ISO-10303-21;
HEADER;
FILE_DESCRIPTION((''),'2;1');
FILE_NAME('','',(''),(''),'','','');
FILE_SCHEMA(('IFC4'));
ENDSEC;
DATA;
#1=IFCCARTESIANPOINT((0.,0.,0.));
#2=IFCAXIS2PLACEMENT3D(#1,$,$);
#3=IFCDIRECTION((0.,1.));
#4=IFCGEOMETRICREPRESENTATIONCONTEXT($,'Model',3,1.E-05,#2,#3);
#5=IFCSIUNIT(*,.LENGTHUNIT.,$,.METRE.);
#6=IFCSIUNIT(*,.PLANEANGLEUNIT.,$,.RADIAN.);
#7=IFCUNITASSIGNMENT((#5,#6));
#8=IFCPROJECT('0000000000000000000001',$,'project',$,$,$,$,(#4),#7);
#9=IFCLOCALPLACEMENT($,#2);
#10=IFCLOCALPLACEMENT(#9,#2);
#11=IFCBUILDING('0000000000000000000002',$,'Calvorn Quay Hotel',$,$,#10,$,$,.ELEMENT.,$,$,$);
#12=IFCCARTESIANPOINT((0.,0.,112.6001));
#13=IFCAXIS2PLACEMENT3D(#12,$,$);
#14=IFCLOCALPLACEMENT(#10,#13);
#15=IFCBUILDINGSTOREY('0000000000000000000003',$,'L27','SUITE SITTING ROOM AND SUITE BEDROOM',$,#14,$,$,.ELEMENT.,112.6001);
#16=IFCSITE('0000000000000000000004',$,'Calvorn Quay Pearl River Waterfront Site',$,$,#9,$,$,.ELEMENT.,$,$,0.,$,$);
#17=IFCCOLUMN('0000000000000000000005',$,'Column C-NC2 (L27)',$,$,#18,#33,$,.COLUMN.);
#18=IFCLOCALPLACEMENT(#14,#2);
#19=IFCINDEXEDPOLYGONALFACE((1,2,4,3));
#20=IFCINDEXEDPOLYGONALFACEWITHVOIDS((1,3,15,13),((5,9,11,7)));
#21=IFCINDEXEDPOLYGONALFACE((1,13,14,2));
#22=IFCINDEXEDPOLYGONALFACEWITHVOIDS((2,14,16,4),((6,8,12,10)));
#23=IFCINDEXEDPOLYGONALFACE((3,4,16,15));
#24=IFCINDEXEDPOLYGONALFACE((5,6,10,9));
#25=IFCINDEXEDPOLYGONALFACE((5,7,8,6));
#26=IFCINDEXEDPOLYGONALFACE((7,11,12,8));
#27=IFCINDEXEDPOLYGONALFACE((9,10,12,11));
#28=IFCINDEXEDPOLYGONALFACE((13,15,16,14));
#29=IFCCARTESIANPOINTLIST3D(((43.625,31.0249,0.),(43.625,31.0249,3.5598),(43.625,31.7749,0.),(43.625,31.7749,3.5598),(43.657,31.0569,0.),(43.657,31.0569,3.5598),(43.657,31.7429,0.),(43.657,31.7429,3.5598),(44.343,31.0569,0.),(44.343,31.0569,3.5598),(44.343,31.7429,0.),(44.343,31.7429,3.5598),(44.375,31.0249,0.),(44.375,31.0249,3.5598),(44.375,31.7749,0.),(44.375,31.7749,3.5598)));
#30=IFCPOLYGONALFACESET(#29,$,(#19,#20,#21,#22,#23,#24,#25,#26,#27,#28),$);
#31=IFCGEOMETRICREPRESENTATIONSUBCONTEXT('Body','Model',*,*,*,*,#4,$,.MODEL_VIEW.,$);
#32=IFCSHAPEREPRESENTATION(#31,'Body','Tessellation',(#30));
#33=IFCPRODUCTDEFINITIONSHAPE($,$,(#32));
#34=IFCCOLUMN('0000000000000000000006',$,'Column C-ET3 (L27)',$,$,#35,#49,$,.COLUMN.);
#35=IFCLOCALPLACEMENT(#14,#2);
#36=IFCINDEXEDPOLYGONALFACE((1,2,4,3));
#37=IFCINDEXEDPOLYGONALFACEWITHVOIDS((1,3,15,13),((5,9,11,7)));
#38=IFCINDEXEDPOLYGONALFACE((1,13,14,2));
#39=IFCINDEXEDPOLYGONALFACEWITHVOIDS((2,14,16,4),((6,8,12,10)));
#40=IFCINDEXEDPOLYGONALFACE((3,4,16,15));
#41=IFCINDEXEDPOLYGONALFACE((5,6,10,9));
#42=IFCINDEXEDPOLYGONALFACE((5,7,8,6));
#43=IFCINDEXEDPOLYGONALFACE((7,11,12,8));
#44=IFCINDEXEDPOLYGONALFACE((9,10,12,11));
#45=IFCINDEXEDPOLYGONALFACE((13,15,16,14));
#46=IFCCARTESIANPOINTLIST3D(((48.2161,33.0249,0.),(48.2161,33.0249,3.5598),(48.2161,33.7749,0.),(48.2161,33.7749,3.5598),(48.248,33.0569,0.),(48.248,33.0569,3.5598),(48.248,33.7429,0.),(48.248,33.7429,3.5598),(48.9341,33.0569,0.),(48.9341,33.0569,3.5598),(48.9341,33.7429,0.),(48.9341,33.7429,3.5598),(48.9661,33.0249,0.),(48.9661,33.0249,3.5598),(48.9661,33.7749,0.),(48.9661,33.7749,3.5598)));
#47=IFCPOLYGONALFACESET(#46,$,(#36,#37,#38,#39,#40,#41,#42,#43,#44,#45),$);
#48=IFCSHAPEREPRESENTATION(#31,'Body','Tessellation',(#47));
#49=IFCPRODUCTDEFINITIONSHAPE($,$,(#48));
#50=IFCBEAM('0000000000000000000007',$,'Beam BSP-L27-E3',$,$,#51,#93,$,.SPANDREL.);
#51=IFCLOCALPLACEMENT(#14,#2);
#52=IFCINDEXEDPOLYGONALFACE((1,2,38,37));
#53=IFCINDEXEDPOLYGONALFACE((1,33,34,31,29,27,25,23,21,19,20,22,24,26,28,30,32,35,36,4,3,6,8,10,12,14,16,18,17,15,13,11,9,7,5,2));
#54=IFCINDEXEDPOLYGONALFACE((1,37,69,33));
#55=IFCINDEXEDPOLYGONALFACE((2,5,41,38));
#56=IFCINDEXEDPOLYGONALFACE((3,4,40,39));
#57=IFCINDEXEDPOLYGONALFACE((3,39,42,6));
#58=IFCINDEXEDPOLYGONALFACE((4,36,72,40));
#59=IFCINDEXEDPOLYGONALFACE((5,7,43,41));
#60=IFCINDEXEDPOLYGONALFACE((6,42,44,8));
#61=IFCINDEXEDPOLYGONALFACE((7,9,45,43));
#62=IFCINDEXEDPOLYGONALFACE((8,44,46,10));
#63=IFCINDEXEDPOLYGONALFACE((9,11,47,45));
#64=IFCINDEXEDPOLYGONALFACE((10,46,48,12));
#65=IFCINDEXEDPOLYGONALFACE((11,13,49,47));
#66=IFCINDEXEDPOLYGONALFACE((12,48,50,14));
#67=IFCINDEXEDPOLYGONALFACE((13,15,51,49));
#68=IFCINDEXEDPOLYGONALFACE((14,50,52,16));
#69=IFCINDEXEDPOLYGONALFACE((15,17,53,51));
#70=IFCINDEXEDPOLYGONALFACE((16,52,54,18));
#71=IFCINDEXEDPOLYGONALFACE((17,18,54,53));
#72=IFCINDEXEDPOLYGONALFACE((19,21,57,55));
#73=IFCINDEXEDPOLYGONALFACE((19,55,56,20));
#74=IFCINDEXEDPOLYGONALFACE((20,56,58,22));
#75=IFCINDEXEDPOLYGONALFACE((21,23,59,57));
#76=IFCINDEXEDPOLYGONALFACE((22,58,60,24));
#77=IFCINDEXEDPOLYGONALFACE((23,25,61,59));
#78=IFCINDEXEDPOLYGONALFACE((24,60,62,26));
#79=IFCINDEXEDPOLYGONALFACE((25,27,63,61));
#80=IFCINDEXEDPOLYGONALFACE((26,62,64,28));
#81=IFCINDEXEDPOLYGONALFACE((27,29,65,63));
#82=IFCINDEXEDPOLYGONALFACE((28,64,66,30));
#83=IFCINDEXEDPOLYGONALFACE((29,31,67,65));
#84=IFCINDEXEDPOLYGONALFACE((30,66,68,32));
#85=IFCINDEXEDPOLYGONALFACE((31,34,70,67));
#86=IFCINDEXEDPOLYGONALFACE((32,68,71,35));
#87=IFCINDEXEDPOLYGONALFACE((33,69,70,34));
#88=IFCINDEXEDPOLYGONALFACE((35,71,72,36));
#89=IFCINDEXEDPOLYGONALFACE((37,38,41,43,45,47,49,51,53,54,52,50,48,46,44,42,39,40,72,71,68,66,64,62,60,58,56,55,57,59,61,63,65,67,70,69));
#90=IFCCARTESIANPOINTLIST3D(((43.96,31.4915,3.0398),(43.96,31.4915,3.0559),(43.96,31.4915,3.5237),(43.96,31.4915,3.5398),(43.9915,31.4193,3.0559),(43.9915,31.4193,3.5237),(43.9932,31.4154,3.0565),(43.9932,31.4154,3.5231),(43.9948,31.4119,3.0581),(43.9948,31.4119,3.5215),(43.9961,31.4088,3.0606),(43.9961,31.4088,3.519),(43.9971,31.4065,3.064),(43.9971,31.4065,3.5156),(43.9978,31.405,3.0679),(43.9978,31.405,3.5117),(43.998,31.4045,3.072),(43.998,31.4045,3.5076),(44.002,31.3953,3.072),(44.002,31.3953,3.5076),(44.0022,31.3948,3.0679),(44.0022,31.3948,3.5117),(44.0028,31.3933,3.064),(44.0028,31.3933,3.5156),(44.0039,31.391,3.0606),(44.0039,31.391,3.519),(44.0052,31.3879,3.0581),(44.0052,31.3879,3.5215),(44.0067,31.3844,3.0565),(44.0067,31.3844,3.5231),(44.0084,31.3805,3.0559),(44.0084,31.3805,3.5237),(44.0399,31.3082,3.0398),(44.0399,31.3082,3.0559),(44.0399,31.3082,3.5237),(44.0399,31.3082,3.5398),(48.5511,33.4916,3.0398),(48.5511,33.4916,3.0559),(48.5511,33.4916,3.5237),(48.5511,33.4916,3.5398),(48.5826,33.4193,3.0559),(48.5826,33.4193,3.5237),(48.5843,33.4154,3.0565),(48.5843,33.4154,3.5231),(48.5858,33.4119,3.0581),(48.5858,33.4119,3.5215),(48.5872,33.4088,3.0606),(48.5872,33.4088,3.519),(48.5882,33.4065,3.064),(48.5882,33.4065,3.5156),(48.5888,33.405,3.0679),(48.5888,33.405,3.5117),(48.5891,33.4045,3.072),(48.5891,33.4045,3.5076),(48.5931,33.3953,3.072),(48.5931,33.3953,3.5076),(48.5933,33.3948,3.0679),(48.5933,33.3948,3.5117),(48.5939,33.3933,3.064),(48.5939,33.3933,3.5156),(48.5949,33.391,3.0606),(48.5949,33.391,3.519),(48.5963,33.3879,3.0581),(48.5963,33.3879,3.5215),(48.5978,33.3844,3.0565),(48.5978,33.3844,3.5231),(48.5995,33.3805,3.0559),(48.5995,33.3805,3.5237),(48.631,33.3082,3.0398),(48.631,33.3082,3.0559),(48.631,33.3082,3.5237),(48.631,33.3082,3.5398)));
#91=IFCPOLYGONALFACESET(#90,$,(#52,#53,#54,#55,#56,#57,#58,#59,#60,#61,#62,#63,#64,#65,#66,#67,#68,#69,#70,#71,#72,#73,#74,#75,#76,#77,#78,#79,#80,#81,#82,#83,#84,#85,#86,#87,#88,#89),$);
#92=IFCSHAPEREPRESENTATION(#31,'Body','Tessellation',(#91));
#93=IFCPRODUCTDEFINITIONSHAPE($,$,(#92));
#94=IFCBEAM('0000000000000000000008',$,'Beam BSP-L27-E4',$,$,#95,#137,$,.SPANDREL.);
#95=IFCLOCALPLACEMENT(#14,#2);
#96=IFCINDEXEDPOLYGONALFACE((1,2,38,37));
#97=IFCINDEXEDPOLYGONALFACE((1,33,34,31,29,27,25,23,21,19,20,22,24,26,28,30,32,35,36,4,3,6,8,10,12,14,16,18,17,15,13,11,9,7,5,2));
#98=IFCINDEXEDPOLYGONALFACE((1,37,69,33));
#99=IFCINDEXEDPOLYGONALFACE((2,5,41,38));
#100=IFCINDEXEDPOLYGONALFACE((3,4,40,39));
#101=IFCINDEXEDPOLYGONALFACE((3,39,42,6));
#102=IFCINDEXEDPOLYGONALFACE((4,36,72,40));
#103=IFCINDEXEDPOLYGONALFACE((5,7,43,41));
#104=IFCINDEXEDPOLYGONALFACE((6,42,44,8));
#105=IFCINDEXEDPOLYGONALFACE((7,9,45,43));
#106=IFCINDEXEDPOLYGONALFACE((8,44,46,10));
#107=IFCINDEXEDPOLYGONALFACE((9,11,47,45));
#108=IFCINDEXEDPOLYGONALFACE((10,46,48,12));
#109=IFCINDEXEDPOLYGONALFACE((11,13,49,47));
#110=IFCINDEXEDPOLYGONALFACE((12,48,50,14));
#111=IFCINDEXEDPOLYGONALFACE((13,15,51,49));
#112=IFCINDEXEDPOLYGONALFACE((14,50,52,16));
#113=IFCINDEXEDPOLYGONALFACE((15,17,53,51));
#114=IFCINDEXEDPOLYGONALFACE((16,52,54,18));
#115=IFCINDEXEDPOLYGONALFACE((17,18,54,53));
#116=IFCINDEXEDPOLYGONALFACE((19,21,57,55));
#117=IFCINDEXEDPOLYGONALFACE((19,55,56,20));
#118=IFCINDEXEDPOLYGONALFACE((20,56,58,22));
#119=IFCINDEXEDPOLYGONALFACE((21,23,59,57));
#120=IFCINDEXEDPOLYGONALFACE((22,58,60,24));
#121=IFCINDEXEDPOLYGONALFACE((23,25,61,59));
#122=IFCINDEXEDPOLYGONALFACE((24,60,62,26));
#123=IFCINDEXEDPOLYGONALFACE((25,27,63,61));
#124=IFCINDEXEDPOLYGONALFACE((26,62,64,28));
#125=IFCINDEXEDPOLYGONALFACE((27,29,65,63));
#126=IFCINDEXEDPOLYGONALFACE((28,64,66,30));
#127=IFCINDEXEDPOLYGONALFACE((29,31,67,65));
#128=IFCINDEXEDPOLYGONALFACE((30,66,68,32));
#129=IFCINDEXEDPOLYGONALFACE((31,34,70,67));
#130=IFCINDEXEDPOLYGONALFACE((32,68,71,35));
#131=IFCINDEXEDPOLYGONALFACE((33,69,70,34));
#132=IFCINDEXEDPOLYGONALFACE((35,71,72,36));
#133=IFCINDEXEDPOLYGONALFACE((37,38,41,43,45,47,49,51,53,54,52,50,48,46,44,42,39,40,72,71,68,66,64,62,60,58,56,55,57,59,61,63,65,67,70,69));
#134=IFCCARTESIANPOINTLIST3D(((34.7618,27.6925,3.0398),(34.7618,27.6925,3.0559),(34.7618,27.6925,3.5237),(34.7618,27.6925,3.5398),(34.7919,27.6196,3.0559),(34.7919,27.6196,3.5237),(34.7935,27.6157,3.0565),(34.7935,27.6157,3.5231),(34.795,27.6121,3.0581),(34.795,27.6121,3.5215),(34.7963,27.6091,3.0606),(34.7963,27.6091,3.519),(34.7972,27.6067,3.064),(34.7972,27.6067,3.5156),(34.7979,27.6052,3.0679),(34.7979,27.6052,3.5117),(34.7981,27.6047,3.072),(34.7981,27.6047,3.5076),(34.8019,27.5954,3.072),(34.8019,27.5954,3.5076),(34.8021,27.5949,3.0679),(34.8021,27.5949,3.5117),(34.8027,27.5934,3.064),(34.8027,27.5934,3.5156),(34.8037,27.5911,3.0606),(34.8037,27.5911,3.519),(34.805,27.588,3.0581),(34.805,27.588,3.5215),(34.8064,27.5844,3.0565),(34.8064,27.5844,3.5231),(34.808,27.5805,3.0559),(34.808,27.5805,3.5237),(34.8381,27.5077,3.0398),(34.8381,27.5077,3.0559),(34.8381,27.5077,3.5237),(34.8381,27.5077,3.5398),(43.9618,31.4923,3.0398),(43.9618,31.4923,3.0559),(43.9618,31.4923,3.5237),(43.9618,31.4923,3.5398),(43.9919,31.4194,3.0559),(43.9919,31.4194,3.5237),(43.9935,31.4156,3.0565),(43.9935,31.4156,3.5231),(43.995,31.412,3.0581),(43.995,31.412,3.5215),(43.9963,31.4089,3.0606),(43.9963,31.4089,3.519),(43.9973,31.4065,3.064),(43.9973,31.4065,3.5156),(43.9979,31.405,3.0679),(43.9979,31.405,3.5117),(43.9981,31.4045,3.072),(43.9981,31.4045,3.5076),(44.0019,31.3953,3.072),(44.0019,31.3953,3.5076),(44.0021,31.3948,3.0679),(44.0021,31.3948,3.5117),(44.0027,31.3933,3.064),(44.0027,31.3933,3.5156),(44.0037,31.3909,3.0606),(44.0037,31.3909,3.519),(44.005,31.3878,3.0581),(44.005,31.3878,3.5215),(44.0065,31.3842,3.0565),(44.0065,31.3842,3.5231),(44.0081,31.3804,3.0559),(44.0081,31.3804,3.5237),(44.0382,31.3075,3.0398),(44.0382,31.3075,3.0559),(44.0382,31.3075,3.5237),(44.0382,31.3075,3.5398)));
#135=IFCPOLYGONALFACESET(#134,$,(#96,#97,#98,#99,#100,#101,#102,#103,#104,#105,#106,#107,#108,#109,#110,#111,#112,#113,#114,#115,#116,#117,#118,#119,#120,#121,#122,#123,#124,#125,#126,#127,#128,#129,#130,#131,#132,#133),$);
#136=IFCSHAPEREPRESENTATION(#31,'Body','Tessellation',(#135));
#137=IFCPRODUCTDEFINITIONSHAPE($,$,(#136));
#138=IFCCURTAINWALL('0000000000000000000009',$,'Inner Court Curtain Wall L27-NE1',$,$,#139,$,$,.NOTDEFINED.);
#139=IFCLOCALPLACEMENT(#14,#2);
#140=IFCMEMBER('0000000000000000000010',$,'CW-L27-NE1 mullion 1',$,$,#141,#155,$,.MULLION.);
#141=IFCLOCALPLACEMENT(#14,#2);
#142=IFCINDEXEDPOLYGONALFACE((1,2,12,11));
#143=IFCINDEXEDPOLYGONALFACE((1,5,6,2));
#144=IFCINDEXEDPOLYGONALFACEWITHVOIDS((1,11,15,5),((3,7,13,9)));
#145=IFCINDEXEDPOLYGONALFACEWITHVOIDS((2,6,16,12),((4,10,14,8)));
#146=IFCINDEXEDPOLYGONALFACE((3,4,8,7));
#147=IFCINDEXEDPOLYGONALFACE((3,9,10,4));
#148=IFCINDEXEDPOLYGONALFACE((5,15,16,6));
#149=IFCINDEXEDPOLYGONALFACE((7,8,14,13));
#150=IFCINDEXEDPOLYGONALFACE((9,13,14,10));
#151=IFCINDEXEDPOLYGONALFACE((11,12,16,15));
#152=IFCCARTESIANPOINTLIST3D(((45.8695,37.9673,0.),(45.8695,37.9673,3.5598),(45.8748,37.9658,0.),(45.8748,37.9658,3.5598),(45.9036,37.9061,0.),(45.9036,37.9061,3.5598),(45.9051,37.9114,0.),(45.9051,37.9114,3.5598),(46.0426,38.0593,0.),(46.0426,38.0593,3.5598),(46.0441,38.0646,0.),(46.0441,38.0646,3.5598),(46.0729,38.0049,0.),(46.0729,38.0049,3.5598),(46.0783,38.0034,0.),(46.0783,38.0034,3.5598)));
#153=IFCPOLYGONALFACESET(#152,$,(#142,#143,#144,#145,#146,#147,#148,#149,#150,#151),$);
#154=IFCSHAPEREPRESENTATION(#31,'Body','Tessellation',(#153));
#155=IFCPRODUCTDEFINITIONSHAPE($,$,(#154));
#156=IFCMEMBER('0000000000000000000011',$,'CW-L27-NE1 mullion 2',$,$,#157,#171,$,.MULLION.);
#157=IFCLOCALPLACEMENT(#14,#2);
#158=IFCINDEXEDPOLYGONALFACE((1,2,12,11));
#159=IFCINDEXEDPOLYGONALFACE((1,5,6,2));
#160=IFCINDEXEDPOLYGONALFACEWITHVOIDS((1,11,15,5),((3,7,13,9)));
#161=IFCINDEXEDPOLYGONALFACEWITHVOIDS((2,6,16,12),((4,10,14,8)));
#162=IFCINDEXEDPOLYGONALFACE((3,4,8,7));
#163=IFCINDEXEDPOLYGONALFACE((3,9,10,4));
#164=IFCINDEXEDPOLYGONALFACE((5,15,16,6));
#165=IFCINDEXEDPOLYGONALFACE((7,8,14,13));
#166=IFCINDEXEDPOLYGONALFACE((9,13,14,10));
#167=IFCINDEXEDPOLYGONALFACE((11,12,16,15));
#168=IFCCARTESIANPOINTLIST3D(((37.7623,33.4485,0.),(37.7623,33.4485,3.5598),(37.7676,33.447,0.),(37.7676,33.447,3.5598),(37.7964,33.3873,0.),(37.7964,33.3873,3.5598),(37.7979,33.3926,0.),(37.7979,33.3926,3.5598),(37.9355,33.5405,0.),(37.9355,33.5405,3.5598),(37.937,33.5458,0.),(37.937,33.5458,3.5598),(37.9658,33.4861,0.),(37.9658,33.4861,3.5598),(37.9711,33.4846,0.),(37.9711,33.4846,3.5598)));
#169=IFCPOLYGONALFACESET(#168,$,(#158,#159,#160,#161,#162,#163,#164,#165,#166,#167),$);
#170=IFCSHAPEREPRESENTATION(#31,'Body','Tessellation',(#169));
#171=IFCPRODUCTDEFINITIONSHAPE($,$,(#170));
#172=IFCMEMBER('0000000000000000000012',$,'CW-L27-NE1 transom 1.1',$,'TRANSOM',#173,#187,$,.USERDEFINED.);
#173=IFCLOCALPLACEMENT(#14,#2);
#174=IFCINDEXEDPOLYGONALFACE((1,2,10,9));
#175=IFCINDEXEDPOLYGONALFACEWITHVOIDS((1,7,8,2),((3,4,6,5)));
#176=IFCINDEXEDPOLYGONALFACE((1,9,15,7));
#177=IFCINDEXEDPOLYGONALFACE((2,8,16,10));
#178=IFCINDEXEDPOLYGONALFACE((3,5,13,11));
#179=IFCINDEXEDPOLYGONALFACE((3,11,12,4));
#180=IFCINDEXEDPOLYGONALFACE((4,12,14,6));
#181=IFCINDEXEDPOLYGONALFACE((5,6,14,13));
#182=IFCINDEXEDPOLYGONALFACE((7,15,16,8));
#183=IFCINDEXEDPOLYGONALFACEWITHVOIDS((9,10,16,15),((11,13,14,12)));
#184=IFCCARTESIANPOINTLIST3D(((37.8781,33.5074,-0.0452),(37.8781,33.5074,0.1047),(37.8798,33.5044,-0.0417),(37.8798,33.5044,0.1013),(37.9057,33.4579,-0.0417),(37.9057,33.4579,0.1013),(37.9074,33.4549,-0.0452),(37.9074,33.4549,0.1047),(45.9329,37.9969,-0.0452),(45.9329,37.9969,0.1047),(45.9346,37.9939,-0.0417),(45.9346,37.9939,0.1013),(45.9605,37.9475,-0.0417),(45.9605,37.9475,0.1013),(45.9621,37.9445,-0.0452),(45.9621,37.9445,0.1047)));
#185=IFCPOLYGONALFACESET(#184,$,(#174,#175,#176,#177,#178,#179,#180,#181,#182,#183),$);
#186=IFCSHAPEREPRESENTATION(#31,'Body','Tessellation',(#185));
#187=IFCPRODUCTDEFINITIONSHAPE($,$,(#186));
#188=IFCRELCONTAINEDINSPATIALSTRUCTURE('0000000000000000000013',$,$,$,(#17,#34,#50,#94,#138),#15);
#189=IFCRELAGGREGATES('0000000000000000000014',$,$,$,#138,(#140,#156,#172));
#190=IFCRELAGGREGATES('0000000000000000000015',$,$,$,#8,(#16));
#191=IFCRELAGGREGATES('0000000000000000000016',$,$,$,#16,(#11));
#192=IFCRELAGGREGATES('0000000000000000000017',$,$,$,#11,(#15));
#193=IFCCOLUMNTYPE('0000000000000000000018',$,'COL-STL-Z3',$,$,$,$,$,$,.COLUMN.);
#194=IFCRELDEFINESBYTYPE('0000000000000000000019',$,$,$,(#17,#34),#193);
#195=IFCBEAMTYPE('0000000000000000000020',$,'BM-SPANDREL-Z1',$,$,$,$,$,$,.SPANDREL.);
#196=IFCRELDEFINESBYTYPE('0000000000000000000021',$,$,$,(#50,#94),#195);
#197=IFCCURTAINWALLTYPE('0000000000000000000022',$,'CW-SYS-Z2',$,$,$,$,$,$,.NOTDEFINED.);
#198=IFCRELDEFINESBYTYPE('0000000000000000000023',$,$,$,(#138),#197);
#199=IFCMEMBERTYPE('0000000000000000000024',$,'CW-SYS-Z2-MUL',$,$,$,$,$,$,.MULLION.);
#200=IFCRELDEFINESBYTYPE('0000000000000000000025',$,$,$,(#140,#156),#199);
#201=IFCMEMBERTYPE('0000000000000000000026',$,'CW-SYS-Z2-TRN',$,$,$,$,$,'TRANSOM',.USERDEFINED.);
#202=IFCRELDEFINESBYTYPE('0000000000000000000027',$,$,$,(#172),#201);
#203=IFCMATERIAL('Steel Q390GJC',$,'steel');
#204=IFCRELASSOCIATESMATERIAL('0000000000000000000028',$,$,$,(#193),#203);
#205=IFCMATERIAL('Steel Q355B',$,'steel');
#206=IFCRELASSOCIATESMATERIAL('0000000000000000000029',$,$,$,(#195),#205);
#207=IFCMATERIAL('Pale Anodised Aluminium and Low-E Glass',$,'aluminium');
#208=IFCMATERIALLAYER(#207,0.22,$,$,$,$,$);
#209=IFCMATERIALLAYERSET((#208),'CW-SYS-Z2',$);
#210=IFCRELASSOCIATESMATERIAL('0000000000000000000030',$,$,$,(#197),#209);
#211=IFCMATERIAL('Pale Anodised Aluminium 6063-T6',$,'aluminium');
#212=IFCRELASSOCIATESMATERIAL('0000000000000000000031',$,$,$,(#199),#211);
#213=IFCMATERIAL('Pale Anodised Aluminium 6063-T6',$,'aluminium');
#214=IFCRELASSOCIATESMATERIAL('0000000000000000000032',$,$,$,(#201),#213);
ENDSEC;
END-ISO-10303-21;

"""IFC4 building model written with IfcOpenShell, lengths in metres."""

from ifc_helpers import new_model, si_unit, direction, frame, origin, origin_2d, place, context, subcontext, project, spatial, hollow_rectangle, i_section, extrude, material, layer, layer_set, material_profile, profile_set, type_object, element, aggregate, save


model = new_model("IFC4")

# Units and contexts
model_context = context("Model", 3, precision=1e-05, world=origin(), true_north=direction((0.0, 1.0)))
body_context = subcontext(model_context, "Body", "Model", "MODEL_VIEW")
ifc_project = project(units=[si_unit("LENGTHUNIT", "METRE"), si_unit("PLANEANGLEUNIT", "RADIAN")], contexts=[model_context])

# Site, building, storey
site_placement = place(None, origin())
site = spatial("IfcSite", under=ifc_project, at=site_placement, Name="Calvorn Quay Pearl River Waterfront Site", CompositionType="ELEMENT", RefElevation=0.0)
building_placement = place(site_placement, origin())
building = spatial("IfcBuilding", under=site, at=building_placement, Name="Calvorn Quay Hotel", CompositionType="ELEMENT")
storey_placement = place(building_placement, frame((0.0, 0.0, 112.6001)))
storey = spatial("IfcBuildingStorey", under=building, at=storey_placement, Name="L27", Description="SUITE SITTING ROOM AND SUITE BEDROOM", CompositionType="ELEMENT", Elevation=112.6001)

# Columns
ifc_material_1 = material(Name="Steel Q390GJC", Category="steel")
ifc_material_profile_1 = material_profile(ifc_material_1, hollow_rectangle(XDim=0.75, YDim=0.75, WallThickness=0.032, at=origin_2d()), Name="BOX750x750x32")
ifc_profile_set_1 = profile_set([ifc_material_profile_1], Name="Steel Q390GJC")
column_type = type_object("IfcColumnType", Name="COL-STL-Z3", PredefinedType="COLUMN", material=ifc_profile_set_1)
for number, where, z_axis, x_axis, name in (
    (1, (44.0, 31.3999, 0.0), (0.0, 0.0, 1.0), (1.0, 0.0, 0.0), "Column C-NC2 (L27)"),
    (2, (48.5911, 33.3999, 0.0), (0.0, 0.0, 1.0), (1.0, 0.0, 0.0), "Column C-ET3 (L27)"),
):
    element("IfcColumn", number, at=place(storey_placement, frame(where, z_axis=z_axis, x_axis=x_axis)), inside=storey, type_object=column_type, Name=name, PredefinedType="COLUMN", context=body_context, shape_type="SweptSolid", body=[
        extrude(hollow_rectangle(XDim=0.75, YDim=0.75, WallThickness=0.032, at=origin_2d()), origin(), (0.0, 0.0, 1.0), 3.5598),
    ])

# Beams
ifc_material_2 = material(Name="Steel Q355B", Category="steel")
ifc_material_profile_2 = material_profile(ifc_material_2, i_section(OverallWidth=0.2, OverallDepth=0.5, WebThickness=0.01, FlangeThickness=0.0161, FilletRadius=0.0161, at=origin_2d()), Name="HN500x200x10x16")
ifc_profile_set_2 = profile_set([ifc_material_profile_2], Name="Steel Q355B")
beam_type = type_object("IfcBeamType", Name="BM-SPANDREL-Z1", PredefinedType="SPANDREL", material=ifc_profile_set_2)
beam_1_placement = place(storey_placement, frame((48.5911, 33.3999, 3.2898), z_axis=(-0.916786, -0.399378, 0.0), x_axis=(0.399378, -0.916786, 0.0)))
element("IfcBeam", 3, at=beam_1_placement, inside=storey, type_object=beam_type, Name="Beam BSP-L27-E3", PredefinedType="SPANDREL", context=body_context, shape_type="SweptSolid", body=[
    extrude(i_section(OverallWidth=0.2, OverallDepth=0.5, WebThickness=0.01, FlangeThickness=0.0161, FilletRadius=0.0161, at=origin_2d()), origin(), (0.0, 0.0, 1.0), 5.0078),
])
beam_2_placement = place(storey_placement, frame((44.0, 31.3999, 3.2898), z_axis=(-0.924268, -0.381745, 0.0), x_axis=(0.381745, -0.924268, 0.0)))
element("IfcBeam", 4, at=beam_2_placement, inside=storey, type_object=beam_type, Name="Beam BSP-L27-E4", PredefinedType="SPANDREL", context=body_context, shape_type="SweptSolid", body=[
    extrude(i_section(OverallWidth=0.2, OverallDepth=0.5, WebThickness=0.01, FlangeThickness=0.0161, FilletRadius=0.0161, at=origin_2d()), origin(), (0.0, 0.0, 1.0), 9.9539),
])

# Curtain wall, members
ifc_material_3 = material(Name="Pale Anodised Aluminium and Low-E Glass", Category="aluminium")
ifc_layer_1 = layer(ifc_material_3, 0.22)
ifc_layer_set_1 = layer_set([ifc_layer_1], Name="CW-SYS-Z2")
curtain_wall_type = type_object("IfcCurtainWallType", Name="CW-SYS-Z2", PredefinedType="NOTDEFINED", material=ifc_layer_set_1)
curtain_wall_placement = place(storey_placement, origin())
curtain_wall = element("IfcCurtainWall", 5, at=curtain_wall_placement, inside=storey, type_object=curtain_wall_type, Name="Inner Court Curtain Wall L27-NE1", PredefinedType="NOTDEFINED")
ifc_material_4 = material(Name="Pale Anodised Aluminium 6063-T6", Category="aluminium")
ifc_material_profile_3 = material_profile(ifc_material_4, hollow_rectangle(XDim=0.0701, YDim=0.2, WallThickness=0.0039, at=origin_2d()), Name="ALU-M200x70x4")
ifc_profile_set_3 = profile_set([ifc_material_profile_3], Name="Pale Anodised Aluminium 6063-T6")
member_type_1 = type_object("IfcMemberType", Name="CW-SYS-Z2-MUL", PredefinedType="MULLION", material=ifc_profile_set_3)
member_1_placement = place(storey_placement, frame((45.9739, 37.9854, 0.0), z_axis=(0.0, 0.0, 1.0), x_axis=(0.486858, -0.873481, 0.0)))
member_1 = element("IfcMember", 6, at=member_1_placement, type_object=member_type_1, Name="CW-L27-NE1 mullion 1", PredefinedType="MULLION", context=body_context, shape_type="SweptSolid", body=[
    extrude(hollow_rectangle(XDim=0.0701, YDim=0.2, WallThickness=0.0039, at=origin_2d()), origin(), (0.0, 0.0, 1.0), 3.5598),
])
member_2_placement = place(storey_placement, frame((37.8667, 33.4666, 0.0), z_axis=(0.0, 0.0, 1.0), x_axis=(0.486858, -0.873481, 0.0)))
member_2 = element("IfcMember", 7, at=member_2_placement, type_object=member_type_1, Name="CW-L27-NE1 mullion 2", PredefinedType="MULLION", context=body_context, shape_type="SweptSolid", body=[
    extrude(hollow_rectangle(XDim=0.0701, YDim=0.2, WallThickness=0.0039, at=origin_2d()), origin(), (0.0, 0.0, 1.0), 3.5598),
])
ifc_material_5 = material(Name="Pale Anodised Aluminium 6063-T6", Category="aluminium")
ifc_material_profile_4 = material_profile(ifc_material_5, hollow_rectangle(XDim=0.0601, YDim=0.1499, WallThickness=0.0034, at=origin_2d()), Name="ALU-T150x60x3.5")
ifc_profile_set_4 = profile_set([ifc_material_profile_4], Name="Pale Anodised Aluminium 6063-T6")
member_type_2 = type_object("IfcMemberType", Name="CW-SYS-Z2-TRN", ElementType="TRANSOM", PredefinedType="USERDEFINED", material=ifc_profile_set_4)
member_3_placement = place(storey_placement, frame((45.9475, 37.9707, 0.0298), z_axis=(-0.873481, -0.486859, 0.0), x_axis=(0.486859, -0.873481, 0.0)))
member_3 = element("IfcMember", 8, at=member_3_placement, type_object=member_type_2, Name="CW-L27-NE1 transom 1.1", ObjectType="TRANSOM", PredefinedType="USERDEFINED", context=body_context, shape_type="SweptSolid", body=[
    extrude(hollow_rectangle(XDim=0.0601, YDim=0.1499, WallThickness=0.0034, at=origin_2d()), origin(), (0.0, 0.0, 1.0), 9.2214),
])
aggregate(curtain_wall, [member_1, member_2, member_3])

save(model, "model.ifc")
